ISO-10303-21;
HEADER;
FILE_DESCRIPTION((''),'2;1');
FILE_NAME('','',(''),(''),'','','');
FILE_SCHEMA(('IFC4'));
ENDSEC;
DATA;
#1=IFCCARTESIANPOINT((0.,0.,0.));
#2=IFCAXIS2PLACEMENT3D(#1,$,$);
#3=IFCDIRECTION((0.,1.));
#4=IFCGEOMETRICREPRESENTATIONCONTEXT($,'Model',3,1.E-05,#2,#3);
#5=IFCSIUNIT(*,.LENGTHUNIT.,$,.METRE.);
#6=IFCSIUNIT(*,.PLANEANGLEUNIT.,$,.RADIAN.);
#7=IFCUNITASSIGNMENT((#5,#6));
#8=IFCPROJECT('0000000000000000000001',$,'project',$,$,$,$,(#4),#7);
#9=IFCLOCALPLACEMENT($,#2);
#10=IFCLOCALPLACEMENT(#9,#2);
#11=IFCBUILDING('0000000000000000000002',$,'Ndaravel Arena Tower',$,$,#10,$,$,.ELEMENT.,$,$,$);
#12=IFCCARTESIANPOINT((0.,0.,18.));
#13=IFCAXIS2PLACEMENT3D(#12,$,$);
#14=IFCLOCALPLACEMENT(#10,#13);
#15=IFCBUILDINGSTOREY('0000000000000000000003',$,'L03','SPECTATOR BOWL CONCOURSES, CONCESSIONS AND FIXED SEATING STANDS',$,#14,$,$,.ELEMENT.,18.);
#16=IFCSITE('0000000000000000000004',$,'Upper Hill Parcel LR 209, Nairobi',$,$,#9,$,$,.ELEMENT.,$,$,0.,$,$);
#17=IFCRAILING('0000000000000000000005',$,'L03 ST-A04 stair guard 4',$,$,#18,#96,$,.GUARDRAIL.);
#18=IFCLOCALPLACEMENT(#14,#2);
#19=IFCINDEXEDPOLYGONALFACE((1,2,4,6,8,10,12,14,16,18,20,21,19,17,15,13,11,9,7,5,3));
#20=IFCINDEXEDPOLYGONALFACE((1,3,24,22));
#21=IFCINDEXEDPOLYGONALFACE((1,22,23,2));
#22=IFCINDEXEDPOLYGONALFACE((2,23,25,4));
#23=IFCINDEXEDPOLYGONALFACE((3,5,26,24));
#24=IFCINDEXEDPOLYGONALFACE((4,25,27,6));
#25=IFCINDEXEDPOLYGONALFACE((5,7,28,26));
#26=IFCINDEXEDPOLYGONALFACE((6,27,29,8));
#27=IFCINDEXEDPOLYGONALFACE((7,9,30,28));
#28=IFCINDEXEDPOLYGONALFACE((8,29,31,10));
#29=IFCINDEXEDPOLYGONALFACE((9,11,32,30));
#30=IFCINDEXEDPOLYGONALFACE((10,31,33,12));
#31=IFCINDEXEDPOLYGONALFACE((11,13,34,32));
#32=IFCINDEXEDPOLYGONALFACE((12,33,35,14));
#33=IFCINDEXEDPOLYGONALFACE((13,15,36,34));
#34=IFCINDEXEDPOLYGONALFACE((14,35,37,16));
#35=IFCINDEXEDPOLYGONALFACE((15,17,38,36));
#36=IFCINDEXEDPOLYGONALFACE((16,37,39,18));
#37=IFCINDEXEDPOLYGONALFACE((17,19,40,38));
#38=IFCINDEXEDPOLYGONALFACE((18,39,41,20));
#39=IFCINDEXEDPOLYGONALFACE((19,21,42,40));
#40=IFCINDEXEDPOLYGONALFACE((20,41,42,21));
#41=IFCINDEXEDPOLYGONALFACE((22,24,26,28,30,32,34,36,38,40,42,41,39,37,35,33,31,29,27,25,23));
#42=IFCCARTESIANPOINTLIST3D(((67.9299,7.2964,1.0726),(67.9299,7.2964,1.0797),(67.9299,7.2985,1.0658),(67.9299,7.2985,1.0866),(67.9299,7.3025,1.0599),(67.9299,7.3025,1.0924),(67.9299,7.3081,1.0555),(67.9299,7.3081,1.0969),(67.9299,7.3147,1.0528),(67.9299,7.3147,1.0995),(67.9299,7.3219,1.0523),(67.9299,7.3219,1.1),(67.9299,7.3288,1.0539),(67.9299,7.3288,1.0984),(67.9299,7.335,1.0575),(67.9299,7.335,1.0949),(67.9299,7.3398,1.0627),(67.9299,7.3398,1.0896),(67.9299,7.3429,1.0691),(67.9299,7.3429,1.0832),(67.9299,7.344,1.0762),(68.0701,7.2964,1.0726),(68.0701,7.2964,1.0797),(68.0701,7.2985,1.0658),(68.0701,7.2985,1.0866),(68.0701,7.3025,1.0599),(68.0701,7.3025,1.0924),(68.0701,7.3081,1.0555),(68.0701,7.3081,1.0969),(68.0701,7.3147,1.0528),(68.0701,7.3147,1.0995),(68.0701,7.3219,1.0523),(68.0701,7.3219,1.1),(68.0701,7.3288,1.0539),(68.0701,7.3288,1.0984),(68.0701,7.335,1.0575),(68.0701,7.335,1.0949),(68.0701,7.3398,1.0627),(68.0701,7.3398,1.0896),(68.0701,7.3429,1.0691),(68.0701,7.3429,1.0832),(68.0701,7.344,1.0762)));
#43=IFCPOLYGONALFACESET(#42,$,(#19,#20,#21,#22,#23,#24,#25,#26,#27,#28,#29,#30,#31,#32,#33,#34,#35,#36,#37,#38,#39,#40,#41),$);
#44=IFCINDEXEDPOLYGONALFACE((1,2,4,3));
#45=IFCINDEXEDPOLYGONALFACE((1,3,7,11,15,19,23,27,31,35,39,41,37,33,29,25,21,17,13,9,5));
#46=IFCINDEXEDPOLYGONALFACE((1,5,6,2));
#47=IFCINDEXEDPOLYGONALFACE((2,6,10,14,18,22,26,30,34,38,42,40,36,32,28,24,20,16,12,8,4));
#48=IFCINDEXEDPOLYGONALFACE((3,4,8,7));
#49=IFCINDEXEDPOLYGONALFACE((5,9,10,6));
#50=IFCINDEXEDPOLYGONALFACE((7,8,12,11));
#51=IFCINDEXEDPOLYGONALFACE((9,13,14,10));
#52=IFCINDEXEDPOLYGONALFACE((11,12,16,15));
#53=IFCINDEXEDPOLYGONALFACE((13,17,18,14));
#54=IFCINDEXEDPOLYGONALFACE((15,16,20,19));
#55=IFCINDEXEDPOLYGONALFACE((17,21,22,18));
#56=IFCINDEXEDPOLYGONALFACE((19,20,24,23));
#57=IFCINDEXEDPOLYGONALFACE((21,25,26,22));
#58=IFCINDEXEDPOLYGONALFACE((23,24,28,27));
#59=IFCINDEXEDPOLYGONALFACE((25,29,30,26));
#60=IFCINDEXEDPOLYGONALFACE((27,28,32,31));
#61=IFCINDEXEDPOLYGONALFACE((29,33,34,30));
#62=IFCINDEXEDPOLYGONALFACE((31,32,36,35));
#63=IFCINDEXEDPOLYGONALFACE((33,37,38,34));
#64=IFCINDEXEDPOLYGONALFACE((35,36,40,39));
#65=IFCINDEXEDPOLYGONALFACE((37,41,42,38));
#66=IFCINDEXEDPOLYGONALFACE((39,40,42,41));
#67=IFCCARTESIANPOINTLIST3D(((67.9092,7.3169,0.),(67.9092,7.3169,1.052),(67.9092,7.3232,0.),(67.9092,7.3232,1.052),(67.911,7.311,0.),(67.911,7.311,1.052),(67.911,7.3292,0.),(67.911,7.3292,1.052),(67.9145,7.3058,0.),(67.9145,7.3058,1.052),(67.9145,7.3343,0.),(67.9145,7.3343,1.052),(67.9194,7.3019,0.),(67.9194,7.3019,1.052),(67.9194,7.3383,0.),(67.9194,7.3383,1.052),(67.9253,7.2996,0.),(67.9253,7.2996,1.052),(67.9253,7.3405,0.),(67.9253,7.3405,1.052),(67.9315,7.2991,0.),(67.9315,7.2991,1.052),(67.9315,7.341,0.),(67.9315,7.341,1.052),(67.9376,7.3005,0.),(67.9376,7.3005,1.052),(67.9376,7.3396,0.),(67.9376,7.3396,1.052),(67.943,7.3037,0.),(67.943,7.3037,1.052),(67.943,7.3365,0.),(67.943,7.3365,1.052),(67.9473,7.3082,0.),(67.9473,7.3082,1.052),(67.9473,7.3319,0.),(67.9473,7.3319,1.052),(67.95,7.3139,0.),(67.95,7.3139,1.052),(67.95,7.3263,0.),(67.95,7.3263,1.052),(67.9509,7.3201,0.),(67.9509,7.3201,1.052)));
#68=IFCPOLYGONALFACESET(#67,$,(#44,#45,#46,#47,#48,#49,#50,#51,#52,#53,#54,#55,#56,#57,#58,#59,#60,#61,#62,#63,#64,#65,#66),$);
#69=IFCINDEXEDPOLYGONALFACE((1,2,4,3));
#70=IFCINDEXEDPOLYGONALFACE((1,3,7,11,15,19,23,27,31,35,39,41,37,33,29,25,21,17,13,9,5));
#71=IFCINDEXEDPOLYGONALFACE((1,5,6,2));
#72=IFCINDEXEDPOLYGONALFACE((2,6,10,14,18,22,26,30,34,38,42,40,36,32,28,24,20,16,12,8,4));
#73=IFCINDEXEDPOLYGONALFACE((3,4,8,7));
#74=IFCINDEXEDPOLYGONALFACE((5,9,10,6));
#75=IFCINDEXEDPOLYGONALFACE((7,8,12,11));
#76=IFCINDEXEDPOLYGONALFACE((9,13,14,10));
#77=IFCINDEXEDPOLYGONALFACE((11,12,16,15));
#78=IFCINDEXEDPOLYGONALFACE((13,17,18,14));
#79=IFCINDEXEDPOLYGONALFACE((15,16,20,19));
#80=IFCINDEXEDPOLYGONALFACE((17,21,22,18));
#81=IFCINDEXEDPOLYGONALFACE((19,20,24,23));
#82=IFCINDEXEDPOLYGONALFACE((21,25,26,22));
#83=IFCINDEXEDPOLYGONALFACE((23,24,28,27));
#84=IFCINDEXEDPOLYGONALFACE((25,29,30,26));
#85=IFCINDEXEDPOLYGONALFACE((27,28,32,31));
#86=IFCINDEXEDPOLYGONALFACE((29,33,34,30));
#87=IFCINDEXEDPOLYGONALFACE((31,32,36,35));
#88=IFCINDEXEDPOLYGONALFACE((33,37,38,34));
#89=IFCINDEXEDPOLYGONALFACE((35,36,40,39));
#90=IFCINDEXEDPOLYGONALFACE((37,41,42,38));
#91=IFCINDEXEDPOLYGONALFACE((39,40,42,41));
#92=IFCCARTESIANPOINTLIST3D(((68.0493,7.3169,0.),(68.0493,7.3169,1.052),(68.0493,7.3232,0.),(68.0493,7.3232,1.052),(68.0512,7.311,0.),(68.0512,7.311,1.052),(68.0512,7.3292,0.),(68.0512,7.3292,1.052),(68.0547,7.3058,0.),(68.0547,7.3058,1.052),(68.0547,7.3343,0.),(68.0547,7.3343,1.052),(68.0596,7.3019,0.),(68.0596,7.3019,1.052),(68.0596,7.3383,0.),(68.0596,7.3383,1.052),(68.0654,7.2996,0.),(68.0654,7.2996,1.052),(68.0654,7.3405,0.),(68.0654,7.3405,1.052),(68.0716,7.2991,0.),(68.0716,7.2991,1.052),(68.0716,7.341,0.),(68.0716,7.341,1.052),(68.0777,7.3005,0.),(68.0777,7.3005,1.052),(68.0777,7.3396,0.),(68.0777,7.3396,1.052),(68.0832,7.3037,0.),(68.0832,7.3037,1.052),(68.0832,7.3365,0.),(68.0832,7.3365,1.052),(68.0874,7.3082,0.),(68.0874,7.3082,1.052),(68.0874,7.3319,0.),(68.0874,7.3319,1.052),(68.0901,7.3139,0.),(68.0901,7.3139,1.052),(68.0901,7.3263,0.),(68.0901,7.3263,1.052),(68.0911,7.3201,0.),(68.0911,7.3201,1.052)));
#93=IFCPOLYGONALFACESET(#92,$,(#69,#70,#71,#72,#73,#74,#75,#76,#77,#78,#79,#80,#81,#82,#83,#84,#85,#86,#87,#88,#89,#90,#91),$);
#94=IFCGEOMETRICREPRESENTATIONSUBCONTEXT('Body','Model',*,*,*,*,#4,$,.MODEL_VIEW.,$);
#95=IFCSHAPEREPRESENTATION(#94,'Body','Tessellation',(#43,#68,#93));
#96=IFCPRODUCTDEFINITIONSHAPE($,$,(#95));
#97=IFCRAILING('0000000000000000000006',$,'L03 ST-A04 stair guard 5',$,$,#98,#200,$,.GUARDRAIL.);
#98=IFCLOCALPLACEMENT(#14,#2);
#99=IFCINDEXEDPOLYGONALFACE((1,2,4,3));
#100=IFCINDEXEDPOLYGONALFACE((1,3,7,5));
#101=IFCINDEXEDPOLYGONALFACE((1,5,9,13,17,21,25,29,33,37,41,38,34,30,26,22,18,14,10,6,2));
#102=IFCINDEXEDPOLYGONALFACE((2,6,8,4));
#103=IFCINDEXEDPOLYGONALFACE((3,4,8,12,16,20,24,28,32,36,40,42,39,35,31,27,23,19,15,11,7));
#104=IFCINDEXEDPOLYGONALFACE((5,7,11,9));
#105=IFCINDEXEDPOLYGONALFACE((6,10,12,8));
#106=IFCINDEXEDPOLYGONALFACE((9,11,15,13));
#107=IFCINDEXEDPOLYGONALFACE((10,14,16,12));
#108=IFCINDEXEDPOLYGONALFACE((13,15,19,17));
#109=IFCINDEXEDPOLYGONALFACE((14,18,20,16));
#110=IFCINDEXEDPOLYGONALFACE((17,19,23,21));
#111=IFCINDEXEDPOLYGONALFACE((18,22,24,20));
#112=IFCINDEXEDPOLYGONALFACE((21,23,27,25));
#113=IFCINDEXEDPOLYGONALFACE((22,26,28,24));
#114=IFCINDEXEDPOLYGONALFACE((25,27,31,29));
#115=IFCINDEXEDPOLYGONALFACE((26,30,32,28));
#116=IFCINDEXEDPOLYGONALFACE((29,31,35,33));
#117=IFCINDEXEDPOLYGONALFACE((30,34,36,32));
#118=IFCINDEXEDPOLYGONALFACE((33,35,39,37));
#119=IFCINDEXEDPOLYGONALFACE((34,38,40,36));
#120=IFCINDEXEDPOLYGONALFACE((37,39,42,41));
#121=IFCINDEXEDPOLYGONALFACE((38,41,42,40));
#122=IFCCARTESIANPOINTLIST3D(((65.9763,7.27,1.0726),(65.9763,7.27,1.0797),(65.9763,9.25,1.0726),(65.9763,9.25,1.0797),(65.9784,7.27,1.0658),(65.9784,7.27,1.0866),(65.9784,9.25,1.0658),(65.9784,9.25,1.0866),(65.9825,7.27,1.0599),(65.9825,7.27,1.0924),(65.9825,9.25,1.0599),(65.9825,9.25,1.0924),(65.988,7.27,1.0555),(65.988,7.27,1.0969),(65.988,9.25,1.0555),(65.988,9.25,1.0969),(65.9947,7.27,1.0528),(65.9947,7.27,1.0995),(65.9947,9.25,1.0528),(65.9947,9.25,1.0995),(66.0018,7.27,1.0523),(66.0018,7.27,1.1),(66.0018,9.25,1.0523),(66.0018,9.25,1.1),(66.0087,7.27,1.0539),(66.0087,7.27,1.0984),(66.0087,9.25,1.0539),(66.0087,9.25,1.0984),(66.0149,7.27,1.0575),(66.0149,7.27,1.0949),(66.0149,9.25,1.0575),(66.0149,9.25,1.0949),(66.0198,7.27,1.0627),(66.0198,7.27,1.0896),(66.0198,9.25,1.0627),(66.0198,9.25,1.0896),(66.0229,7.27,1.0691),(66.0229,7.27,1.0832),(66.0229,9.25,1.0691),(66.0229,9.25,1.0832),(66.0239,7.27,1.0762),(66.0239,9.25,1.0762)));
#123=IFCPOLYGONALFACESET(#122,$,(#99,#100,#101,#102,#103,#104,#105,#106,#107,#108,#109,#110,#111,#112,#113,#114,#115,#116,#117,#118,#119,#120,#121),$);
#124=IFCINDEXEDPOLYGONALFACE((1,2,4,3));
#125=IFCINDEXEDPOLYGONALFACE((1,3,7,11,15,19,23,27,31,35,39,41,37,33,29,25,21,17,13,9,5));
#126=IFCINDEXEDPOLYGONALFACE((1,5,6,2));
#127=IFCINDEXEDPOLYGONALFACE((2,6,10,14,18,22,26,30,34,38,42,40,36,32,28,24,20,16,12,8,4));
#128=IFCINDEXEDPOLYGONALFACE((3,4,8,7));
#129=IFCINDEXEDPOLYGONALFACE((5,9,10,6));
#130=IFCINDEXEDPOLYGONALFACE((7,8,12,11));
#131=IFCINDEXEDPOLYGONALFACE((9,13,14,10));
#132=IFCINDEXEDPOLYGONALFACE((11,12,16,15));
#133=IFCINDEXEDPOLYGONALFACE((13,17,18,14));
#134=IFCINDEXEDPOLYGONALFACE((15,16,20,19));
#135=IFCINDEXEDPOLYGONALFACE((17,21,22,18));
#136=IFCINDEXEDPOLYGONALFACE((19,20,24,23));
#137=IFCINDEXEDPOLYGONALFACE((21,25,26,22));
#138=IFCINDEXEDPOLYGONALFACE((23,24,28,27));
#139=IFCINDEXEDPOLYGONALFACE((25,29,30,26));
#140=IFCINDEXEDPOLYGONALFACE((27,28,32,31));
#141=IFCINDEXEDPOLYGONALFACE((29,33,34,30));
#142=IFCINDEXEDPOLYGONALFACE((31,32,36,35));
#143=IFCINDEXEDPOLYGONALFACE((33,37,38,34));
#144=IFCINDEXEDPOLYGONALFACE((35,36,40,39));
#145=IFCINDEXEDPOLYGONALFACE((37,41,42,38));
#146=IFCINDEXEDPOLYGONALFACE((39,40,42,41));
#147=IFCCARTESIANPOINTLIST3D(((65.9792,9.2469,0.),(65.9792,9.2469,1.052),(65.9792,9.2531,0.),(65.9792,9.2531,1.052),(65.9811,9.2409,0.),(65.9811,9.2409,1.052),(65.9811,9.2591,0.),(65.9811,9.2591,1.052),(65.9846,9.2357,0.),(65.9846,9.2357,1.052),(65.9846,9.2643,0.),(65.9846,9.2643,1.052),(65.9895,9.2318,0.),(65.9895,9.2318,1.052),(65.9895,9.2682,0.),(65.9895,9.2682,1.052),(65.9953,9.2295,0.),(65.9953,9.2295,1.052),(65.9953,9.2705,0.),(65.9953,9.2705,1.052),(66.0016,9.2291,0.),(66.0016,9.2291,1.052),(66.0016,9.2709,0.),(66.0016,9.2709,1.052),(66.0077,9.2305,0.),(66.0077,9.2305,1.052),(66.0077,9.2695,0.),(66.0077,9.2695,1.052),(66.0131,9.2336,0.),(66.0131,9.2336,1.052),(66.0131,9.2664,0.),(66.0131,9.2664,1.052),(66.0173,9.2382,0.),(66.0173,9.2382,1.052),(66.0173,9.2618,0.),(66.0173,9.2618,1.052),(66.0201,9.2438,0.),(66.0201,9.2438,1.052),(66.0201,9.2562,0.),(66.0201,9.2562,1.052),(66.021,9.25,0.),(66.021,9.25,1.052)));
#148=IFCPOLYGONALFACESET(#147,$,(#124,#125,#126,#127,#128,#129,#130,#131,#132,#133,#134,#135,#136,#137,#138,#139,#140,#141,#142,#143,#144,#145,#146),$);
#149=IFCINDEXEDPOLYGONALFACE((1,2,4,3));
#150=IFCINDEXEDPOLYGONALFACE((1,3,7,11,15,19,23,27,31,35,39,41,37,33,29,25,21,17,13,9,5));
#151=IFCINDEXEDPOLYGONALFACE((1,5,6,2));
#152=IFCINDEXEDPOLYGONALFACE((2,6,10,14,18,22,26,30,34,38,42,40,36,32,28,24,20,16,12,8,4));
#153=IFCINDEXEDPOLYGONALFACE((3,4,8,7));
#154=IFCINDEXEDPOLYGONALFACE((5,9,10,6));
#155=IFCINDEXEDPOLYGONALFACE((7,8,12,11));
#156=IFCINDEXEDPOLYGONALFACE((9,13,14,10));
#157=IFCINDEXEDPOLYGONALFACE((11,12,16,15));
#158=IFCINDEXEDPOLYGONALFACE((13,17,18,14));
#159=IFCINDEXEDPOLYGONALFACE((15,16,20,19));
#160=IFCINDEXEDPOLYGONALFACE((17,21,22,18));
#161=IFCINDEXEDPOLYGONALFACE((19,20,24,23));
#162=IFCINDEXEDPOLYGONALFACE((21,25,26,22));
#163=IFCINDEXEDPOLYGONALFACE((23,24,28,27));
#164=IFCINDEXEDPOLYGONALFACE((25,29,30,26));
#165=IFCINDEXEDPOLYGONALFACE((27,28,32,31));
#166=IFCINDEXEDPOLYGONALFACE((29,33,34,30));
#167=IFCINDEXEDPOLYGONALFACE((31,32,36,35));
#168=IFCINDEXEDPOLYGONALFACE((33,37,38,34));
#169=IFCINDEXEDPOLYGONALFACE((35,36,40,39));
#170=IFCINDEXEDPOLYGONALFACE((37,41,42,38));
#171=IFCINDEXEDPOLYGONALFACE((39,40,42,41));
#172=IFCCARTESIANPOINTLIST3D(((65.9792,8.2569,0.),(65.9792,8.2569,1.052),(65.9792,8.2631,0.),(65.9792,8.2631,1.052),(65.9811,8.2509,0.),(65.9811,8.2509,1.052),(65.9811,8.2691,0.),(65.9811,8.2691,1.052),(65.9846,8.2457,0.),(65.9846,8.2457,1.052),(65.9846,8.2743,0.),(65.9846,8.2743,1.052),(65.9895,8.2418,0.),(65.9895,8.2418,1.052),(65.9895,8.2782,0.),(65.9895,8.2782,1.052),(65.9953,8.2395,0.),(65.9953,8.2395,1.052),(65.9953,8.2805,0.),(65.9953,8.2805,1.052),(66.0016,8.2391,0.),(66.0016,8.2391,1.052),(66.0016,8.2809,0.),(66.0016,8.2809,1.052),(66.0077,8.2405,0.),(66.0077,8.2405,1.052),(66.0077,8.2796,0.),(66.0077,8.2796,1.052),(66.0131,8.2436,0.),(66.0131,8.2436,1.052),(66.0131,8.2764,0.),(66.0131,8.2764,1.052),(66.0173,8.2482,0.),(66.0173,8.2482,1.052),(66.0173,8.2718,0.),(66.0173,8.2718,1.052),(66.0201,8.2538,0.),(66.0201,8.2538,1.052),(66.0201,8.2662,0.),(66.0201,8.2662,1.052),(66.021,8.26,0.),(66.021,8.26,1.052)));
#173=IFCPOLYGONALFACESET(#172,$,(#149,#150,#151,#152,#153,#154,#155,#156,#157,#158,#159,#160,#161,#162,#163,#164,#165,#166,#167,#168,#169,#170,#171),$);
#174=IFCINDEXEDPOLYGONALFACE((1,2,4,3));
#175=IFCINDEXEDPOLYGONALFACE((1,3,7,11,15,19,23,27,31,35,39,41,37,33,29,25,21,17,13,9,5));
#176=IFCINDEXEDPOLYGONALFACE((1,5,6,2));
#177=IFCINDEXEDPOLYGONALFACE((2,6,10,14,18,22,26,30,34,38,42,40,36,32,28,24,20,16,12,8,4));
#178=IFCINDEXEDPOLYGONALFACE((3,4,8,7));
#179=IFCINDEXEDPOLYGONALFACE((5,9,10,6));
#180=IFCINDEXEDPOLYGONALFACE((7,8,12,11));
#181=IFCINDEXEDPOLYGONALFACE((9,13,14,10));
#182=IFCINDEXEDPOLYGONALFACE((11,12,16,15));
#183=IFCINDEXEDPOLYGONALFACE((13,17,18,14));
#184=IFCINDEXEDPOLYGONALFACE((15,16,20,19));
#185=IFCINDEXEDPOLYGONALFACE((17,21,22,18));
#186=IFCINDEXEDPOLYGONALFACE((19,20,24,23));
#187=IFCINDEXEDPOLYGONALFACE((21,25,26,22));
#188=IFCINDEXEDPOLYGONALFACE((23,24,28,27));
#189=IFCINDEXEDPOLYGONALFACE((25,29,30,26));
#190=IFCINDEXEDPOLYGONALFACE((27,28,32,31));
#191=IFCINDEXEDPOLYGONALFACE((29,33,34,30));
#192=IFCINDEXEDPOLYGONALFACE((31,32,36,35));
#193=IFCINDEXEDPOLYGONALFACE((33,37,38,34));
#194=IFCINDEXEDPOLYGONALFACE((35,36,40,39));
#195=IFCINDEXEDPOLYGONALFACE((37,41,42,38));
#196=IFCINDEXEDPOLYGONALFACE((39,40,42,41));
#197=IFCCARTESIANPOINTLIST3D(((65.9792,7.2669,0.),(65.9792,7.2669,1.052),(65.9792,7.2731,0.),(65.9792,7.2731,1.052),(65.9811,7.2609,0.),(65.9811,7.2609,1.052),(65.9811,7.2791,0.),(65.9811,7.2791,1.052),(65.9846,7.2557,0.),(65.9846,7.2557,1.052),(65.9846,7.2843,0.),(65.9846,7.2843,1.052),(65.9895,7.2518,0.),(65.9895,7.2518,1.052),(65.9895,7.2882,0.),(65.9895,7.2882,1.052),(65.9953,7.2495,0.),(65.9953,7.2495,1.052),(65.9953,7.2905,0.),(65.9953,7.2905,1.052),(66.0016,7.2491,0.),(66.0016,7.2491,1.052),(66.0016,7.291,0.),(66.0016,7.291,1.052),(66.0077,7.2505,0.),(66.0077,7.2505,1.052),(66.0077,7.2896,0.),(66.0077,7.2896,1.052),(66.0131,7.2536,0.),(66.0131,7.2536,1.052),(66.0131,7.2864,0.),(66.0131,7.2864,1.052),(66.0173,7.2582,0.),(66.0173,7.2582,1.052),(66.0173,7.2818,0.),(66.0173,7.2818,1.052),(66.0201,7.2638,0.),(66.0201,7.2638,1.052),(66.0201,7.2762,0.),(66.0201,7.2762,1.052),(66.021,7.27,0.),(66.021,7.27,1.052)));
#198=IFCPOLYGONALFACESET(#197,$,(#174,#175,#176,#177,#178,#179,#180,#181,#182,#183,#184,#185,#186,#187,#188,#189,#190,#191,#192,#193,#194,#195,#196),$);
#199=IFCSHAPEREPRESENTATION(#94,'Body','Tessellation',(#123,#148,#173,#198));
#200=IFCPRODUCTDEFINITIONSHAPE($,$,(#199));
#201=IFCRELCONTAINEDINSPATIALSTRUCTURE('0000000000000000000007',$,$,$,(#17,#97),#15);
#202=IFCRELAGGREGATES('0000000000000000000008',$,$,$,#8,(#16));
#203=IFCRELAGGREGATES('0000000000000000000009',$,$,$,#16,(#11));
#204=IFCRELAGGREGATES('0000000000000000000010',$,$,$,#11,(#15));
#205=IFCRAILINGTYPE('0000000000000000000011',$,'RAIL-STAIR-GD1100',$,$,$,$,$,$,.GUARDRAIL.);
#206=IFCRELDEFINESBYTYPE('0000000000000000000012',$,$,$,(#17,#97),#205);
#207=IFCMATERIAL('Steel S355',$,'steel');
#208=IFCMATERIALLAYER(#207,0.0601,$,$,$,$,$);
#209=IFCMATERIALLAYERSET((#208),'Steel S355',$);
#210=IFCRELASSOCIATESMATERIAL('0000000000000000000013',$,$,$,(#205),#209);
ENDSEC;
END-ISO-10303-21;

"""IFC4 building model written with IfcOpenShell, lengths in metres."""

from ifc_helpers import new_model, si_unit, direction, frame, origin, origin_2d, place, context, subcontext, project, spatial, circle, extrude, material, layer, layer_set, type_object, element, save


model = new_model("IFC4")

# Units and contexts
model_context = context("Model", 3, precision=1e-05, world=origin(), true_north=direction((0.0, 1.0)))
body_context = subcontext(model_context, "Body", "Model", "MODEL_VIEW")
ifc_project = project(units=[si_unit("LENGTHUNIT", "METRE"), si_unit("PLANEANGLEUNIT", "RADIAN")], contexts=[model_context])

# Site, building, storey
site_placement = place(None, origin())
site = spatial("IfcSite", under=ifc_project, at=site_placement, Name="Upper Hill Parcel LR 209, Nairobi", CompositionType="ELEMENT", RefElevation=0.0)
building_placement = place(site_placement, origin())
building = spatial("IfcBuilding", under=site, at=building_placement, Name="Ndaravel Arena Tower", CompositionType="ELEMENT")
storey_placement = place(building_placement, frame((0.0, 0.0, 18.0)))
storey = spatial("IfcBuildingStorey", under=building, at=storey_placement, Name="L03", Description="SPECTATOR BOWL CONCOURSES, CONCESSIONS AND FIXED SEATING STANDS", CompositionType="ELEMENT", Elevation=18.0)

# Railings
ifc_material_1 = material(Name="Steel S355", Category="steel")
ifc_layer_1 = layer(ifc_material_1, 0.0601)
ifc_layer_set_1 = layer_set([ifc_layer_1], Name="Steel S355")
railing_type_1 = type_object("IfcRailingType", Name="RAIL-STAIR-GD1100", PredefinedType="GUARDRAIL", material=ifc_layer_set_1)
railing_1_placement = place(storey_placement, frame((67.9299, 7.3201, 0.0)))
element("IfcRailing", 1, at=railing_1_placement, inside=storey, type_object=railing_type_1, Name="L03 ST-A04 stair guard 4", PredefinedType="GUARDRAIL", context=body_context, shape_type="SweptSolid", body=[
    extrude(circle(Radius=0.0239, at=origin_2d()), frame((0.0, 0.0, 1.0762), z_axis=(1.0, 0.0, 0.0), x_axis=(0.0, 1.0, 0.0)), (0.0, 0.0, 1.0), 0.1401),
    extrude(circle(Radius=0.021, at=origin_2d()), origin(), (0.0, 0.0, 1.0), 1.052),
    extrude(circle(Radius=0.021, at=origin_2d()), frame((0.1401, 0.0, 0.0)), (0.0, 0.0, 1.0), 1.052),
])
for number, where, name in (
    (2, (66.0, 9.25, 0.0), "L03 ST-A04 stair guard 5"),
):
    element("IfcRailing", number, at=place(storey_placement, frame(where)), inside=storey, type_object=railing_type_1, Name=name, PredefinedType="GUARDRAIL", context=body_context, shape_type="SweptSolid", body=[
        extrude(circle(Radius=0.0239, at=origin_2d()), frame((0.0, 0.0, 1.0762), z_axis=(0.0, -1.0, 0.0), x_axis=(1.0, 0.0, 0.0)), (0.0, 0.0, 1.0), 1.98),
        extrude(circle(Radius=0.021, at=origin_2d()), origin(), (0.0, 0.0, 1.0), 1.052),
        extrude(circle(Radius=0.021, at=origin_2d()), frame((0.0, -0.99, 0.0)), (0.0, 0.0, 1.0), 1.052),
        extrude(circle(Radius=0.021, at=origin_2d()), frame((0.0, -1.98, 0.0)), (0.0, 0.0, 1.0), 1.052),
    ])

save(model, "model.ifc")
